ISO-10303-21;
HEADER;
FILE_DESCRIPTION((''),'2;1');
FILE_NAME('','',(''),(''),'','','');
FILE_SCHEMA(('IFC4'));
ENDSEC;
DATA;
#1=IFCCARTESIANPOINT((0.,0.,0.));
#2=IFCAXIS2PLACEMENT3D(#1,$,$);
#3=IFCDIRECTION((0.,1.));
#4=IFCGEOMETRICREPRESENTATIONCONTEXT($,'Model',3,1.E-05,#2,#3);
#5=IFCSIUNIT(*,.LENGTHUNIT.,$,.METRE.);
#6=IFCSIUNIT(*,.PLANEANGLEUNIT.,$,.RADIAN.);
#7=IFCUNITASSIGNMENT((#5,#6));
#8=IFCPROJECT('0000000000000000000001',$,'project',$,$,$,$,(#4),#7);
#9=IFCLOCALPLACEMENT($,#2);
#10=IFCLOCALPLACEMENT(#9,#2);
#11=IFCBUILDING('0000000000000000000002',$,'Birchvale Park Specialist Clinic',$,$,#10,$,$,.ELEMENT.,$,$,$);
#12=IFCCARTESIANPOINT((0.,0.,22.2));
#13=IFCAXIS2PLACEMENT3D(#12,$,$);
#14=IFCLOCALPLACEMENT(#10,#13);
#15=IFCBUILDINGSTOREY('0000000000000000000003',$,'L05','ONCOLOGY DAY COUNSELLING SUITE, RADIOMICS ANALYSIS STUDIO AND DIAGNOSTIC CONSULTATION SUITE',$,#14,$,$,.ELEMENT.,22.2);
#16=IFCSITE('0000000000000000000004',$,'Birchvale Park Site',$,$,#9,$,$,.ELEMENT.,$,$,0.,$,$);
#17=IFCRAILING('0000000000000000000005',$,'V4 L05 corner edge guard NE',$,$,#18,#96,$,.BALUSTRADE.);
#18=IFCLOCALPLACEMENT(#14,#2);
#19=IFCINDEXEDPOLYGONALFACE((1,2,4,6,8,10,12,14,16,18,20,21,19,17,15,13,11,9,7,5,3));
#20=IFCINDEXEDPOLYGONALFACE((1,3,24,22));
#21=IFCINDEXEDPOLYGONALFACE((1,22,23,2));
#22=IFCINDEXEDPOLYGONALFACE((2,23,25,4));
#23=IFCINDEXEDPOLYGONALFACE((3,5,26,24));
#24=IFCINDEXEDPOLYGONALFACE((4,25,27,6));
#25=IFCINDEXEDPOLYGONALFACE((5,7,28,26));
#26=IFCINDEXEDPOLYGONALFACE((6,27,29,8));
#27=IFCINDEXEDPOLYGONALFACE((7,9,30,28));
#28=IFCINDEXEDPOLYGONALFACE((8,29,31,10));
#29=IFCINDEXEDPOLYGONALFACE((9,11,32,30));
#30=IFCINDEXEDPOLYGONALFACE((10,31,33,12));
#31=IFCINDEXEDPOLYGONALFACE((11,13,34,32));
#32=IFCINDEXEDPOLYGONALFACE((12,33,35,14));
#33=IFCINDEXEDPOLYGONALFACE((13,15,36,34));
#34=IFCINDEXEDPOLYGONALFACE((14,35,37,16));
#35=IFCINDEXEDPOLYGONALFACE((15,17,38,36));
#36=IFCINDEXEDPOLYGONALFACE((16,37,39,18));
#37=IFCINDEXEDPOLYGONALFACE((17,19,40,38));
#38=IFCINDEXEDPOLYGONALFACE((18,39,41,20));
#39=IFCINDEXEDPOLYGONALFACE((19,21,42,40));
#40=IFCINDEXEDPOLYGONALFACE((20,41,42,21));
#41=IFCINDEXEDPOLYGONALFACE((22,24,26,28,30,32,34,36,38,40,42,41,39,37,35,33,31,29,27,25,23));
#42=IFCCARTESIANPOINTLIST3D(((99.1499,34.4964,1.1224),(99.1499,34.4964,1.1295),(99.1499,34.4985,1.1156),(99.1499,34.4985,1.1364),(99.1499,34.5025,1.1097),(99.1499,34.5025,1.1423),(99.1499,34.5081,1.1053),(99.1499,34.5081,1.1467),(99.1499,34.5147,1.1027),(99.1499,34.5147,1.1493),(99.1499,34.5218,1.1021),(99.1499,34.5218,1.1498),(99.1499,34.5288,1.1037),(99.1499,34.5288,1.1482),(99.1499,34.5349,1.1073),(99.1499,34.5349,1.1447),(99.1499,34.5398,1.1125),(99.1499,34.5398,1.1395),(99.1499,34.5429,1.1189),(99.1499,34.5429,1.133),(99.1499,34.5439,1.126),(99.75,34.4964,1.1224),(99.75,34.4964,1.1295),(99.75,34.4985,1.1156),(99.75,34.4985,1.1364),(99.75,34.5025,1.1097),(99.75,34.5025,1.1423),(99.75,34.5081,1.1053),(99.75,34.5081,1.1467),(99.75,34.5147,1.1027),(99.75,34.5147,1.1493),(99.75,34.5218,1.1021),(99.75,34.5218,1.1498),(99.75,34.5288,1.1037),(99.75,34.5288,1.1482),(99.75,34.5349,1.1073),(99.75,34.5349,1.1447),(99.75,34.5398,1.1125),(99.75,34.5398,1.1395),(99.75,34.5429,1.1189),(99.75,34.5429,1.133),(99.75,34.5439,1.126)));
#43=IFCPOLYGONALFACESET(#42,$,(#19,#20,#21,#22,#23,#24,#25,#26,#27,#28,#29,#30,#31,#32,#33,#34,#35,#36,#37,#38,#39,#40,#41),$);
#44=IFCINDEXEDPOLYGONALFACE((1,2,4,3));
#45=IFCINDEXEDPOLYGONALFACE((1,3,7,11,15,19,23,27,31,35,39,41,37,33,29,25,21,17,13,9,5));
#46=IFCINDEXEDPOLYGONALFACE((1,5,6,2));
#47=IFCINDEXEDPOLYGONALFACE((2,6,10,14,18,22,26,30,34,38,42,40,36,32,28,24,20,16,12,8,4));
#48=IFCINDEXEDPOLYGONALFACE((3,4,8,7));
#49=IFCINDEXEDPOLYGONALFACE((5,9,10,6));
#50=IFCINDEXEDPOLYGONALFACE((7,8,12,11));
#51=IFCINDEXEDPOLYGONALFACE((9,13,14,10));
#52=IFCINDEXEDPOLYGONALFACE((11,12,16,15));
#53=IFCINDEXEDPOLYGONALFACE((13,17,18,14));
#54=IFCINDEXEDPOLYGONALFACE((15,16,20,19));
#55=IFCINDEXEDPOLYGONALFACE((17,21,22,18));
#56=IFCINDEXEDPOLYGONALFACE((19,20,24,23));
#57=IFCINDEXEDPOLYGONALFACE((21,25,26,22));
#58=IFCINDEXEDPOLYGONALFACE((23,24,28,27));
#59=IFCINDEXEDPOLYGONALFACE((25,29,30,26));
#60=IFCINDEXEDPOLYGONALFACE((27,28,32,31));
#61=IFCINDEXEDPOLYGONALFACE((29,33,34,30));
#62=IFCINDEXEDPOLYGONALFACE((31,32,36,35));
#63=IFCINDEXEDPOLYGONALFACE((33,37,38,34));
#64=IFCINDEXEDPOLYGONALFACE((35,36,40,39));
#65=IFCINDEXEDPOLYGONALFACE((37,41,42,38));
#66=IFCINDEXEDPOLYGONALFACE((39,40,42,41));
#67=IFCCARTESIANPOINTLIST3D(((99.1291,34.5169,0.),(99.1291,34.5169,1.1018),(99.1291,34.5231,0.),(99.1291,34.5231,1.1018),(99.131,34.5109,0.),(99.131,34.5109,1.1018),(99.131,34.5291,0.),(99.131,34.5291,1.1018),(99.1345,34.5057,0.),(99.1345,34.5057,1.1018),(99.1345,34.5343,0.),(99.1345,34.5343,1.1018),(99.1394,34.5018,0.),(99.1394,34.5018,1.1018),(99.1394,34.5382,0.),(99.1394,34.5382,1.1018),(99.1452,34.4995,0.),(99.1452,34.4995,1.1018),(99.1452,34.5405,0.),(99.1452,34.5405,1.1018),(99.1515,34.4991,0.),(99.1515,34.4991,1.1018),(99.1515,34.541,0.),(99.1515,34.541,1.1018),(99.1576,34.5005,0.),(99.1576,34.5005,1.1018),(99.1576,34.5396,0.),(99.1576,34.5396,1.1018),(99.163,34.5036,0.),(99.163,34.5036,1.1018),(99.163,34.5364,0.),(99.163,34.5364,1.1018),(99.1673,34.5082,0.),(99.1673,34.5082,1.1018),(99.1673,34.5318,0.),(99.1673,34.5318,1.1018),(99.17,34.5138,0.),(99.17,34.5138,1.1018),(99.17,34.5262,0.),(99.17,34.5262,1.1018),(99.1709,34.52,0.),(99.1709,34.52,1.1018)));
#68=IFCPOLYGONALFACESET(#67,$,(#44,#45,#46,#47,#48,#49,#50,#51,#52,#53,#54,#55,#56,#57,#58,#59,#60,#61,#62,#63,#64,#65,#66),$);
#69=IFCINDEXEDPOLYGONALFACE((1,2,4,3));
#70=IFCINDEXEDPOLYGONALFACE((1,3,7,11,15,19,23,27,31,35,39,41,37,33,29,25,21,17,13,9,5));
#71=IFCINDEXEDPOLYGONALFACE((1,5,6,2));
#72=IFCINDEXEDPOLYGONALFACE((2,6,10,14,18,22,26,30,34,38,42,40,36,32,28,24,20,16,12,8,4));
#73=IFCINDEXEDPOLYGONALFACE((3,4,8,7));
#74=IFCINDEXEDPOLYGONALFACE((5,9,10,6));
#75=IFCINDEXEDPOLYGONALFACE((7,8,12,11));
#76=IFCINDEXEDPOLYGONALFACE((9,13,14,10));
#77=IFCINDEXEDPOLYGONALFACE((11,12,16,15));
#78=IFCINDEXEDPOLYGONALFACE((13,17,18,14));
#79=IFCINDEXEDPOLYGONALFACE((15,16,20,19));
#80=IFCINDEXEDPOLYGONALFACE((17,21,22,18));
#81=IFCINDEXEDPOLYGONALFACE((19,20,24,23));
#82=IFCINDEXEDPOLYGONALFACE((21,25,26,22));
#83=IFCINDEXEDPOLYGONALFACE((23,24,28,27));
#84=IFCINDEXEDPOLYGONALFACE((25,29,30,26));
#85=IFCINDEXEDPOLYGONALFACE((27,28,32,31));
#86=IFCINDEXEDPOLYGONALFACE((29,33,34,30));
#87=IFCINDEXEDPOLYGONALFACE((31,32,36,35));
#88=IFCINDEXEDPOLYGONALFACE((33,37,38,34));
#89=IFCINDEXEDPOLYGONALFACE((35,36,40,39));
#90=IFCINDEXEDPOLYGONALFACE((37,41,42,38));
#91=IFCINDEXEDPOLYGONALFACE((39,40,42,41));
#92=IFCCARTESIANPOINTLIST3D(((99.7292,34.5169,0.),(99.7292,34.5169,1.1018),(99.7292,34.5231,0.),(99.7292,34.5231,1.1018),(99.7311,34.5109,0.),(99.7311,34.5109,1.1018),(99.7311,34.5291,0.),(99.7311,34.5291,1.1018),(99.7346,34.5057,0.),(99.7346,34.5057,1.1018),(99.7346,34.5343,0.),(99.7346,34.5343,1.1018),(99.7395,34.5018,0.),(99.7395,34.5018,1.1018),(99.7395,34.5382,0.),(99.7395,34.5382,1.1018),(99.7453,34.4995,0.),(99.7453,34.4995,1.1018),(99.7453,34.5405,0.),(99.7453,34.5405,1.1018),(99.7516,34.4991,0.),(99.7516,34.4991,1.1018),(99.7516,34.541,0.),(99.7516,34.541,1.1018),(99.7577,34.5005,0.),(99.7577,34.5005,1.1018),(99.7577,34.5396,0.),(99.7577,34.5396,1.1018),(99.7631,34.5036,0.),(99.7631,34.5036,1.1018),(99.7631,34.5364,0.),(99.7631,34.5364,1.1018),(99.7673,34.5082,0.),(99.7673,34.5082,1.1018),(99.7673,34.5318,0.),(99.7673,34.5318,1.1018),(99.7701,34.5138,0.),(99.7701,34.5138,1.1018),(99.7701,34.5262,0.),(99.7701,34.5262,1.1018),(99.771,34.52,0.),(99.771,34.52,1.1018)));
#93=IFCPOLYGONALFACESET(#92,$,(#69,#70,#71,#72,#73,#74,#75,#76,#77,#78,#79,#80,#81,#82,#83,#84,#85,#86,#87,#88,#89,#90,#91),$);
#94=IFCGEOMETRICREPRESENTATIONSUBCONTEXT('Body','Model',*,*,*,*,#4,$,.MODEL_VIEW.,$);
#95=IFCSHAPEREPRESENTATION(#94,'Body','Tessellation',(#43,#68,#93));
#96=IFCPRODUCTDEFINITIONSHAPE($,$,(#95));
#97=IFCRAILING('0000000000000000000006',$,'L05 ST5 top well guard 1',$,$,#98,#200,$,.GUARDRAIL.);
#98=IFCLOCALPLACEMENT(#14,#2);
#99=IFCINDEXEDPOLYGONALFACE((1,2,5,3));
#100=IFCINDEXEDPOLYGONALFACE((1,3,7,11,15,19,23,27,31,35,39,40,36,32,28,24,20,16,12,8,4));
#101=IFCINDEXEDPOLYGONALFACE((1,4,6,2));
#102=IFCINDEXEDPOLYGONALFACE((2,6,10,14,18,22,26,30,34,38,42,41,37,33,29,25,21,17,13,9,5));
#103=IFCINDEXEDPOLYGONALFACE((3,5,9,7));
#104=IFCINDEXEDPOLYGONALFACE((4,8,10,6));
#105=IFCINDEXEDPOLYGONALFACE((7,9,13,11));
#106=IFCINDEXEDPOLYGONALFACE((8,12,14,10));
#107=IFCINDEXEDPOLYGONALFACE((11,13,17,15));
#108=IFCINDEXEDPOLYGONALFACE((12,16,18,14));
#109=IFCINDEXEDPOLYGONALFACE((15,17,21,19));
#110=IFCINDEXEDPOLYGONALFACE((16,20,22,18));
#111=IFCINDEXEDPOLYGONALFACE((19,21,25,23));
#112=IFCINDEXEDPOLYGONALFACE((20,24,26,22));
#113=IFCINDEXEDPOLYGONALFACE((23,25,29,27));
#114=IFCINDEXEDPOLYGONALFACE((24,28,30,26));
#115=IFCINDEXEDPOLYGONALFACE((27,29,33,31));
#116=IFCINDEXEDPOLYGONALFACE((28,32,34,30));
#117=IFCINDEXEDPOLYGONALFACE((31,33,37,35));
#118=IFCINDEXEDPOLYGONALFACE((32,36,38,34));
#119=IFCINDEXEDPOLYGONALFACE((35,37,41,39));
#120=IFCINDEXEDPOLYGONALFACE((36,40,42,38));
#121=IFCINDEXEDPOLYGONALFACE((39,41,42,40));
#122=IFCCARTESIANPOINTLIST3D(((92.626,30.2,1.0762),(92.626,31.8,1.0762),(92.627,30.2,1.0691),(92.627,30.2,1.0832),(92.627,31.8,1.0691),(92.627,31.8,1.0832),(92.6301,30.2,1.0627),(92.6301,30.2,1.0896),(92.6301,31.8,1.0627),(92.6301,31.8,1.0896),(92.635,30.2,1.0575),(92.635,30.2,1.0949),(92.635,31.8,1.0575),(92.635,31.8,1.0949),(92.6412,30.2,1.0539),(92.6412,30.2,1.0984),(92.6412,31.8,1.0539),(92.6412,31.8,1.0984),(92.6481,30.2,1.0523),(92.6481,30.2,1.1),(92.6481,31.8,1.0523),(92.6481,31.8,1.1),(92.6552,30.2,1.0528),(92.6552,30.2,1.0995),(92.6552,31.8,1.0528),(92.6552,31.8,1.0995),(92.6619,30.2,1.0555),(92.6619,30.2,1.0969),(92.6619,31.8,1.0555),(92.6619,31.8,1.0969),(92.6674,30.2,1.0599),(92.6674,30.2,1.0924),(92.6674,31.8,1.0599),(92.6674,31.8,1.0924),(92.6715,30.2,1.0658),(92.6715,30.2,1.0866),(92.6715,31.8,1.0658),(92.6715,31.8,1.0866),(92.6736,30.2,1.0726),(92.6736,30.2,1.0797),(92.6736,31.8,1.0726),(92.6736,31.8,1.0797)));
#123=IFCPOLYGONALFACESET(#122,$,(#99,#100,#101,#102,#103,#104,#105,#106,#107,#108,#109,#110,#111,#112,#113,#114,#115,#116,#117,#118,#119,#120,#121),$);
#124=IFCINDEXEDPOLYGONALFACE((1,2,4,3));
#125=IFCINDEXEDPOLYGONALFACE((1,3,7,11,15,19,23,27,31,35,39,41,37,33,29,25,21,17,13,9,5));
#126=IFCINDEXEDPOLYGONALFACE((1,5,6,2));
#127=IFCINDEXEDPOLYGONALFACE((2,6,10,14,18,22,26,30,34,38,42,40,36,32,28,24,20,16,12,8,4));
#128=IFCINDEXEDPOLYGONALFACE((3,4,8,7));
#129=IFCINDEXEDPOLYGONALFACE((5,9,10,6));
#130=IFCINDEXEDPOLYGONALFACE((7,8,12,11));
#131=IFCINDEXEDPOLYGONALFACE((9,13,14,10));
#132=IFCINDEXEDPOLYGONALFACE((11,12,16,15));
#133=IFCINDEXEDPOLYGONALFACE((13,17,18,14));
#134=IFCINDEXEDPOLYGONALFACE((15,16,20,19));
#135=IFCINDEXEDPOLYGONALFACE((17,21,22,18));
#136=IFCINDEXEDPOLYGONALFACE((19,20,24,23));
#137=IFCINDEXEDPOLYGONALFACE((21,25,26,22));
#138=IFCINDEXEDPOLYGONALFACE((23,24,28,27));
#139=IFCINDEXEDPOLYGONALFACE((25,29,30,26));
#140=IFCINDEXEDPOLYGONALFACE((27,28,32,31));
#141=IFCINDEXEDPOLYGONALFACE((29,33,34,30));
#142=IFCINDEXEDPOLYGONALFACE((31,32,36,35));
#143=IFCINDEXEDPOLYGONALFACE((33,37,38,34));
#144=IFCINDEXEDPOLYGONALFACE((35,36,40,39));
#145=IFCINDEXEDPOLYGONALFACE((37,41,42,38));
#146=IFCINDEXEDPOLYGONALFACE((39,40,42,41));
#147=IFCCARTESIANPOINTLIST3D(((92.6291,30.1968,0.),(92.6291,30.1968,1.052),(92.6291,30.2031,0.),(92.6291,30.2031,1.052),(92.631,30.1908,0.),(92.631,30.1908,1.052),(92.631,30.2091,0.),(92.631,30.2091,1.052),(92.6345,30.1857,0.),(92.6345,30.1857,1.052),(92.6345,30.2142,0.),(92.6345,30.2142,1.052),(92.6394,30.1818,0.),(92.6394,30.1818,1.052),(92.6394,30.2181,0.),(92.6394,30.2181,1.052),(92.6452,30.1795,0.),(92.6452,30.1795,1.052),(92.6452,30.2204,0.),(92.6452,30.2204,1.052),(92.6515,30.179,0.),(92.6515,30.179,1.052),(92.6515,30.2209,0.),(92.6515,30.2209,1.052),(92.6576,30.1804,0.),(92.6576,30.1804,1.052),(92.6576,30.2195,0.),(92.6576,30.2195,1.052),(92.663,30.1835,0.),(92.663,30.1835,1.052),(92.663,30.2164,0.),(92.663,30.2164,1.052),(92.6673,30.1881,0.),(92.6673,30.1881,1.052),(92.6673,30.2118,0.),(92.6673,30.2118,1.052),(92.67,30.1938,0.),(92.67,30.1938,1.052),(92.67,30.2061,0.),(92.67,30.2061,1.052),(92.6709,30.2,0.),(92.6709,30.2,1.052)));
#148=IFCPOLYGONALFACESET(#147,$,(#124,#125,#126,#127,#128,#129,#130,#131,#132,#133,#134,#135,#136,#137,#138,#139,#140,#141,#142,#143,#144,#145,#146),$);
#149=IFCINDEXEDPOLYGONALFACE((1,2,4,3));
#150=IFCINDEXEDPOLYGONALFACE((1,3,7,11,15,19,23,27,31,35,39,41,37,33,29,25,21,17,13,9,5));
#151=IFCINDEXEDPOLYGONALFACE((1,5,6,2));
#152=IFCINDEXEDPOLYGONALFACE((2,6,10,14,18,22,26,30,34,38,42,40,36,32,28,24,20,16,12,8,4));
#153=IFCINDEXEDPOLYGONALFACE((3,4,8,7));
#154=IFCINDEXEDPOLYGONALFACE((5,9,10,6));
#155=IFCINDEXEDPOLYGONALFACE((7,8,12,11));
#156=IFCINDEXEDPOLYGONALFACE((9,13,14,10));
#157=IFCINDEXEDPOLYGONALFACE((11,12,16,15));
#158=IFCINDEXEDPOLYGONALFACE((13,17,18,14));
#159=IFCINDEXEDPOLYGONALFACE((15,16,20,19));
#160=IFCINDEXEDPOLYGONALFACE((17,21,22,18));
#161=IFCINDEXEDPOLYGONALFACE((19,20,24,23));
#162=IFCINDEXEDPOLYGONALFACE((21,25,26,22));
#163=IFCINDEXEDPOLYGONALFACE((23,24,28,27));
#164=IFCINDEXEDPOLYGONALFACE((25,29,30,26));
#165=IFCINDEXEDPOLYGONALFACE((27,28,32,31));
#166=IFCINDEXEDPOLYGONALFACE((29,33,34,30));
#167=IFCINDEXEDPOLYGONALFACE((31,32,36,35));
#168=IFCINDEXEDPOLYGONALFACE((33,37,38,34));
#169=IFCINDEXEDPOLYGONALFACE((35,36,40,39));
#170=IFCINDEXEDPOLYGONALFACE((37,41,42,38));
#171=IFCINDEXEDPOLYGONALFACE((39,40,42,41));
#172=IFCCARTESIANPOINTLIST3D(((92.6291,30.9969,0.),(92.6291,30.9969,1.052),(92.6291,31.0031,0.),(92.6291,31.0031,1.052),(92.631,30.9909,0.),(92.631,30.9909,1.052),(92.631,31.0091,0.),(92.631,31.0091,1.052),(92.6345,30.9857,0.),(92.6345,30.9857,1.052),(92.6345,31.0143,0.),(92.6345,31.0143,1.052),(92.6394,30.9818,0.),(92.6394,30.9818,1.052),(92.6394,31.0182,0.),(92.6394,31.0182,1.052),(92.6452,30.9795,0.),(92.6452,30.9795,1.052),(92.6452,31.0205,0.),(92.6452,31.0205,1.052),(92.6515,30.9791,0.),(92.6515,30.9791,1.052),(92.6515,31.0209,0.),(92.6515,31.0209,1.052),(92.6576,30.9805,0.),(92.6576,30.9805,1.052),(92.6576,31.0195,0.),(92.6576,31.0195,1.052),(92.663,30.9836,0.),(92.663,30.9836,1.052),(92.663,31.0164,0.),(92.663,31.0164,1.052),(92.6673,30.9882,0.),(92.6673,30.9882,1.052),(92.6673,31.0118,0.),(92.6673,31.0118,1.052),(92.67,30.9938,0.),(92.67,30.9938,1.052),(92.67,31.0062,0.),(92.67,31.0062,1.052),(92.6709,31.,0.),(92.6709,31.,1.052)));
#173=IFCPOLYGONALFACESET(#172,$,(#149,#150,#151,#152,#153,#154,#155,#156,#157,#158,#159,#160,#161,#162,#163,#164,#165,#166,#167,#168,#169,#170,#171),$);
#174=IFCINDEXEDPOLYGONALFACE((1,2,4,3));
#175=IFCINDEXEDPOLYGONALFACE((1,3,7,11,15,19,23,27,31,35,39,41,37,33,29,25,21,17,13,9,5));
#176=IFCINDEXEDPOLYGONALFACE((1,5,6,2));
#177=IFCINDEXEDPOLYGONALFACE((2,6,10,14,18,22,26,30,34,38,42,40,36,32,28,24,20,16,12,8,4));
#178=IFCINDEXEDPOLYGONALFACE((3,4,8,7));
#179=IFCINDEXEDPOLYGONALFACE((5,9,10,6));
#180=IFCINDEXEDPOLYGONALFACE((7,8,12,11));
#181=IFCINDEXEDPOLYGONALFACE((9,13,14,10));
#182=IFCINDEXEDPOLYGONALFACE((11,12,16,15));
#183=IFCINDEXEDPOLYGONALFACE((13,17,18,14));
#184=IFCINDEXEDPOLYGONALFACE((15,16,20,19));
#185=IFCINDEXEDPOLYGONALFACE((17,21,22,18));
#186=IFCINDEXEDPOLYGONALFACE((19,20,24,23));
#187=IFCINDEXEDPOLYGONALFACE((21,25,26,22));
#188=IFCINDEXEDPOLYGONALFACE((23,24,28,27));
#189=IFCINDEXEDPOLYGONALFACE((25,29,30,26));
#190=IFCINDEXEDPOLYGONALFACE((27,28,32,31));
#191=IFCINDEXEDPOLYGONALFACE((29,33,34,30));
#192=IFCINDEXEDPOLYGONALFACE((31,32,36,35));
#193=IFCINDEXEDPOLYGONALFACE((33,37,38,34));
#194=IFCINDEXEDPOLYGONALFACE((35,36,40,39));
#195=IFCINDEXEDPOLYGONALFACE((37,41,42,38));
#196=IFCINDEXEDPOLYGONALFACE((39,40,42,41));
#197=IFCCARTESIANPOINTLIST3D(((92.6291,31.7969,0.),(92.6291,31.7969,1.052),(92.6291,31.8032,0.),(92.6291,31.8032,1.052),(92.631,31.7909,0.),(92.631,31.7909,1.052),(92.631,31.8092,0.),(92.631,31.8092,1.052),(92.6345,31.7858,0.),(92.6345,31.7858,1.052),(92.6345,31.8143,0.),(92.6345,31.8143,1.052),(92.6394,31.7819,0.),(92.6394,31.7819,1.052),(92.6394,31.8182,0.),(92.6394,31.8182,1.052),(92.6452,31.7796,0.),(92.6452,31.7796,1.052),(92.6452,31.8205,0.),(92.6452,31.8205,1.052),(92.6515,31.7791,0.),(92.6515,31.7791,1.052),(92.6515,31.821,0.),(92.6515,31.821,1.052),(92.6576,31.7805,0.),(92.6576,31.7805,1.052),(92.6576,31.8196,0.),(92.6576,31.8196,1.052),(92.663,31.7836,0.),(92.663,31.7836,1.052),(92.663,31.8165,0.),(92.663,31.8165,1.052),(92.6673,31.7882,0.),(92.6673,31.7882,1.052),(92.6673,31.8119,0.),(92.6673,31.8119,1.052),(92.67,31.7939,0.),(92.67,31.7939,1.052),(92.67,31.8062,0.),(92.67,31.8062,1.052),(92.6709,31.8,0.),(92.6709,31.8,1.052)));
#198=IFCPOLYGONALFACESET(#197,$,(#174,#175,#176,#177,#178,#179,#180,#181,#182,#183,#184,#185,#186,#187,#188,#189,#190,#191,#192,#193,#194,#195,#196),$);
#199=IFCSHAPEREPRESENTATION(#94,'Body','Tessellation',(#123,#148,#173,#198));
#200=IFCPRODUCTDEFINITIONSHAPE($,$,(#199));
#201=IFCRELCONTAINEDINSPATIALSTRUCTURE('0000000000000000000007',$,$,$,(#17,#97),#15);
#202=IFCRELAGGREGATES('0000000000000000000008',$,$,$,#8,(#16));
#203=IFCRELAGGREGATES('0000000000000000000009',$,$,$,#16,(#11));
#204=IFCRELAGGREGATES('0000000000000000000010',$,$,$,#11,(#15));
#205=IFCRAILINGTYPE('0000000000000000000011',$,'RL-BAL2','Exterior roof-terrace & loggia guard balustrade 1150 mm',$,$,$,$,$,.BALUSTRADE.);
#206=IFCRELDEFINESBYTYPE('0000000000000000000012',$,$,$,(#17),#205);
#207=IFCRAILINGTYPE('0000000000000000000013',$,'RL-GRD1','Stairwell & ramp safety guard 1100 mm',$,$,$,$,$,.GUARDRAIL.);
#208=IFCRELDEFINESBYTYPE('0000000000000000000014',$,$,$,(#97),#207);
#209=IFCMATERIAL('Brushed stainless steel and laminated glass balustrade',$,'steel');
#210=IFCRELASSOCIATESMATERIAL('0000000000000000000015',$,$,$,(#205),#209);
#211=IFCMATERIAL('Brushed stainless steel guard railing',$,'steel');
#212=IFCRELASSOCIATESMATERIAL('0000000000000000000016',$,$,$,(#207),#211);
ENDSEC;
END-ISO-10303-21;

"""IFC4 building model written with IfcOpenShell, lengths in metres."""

from ifc_helpers import new_model, si_unit, direction, frame, origin, origin_2d, place, context, subcontext, project, spatial, circle, extrude, material, type_object, element, save


model = new_model("IFC4")

# Units and contexts
model_context = context("Model", 3, precision=1e-05, world=origin(), true_north=direction((0.0, 1.0)))
body_context = subcontext(model_context, "Body", "Model", "MODEL_VIEW")
ifc_project = project(units=[si_unit("LENGTHUNIT", "METRE"), si_unit("PLANEANGLEUNIT", "RADIAN")], contexts=[model_context])

# Site, building, storey
site_placement = place(None, origin())
site = spatial("IfcSite", under=ifc_project, at=site_placement, Name="Birchvale Park Site", CompositionType="ELEMENT", RefElevation=0.0)
building_placement = place(site_placement, origin())
building = spatial("IfcBuilding", under=site, at=building_placement, Name="Birchvale Park Specialist Clinic", CompositionType="ELEMENT")
storey_placement = place(building_placement, frame((0.0, 0.0, 22.2)))
storey = spatial("IfcBuildingStorey", under=building, at=storey_placement, Name="L05", Description="ONCOLOGY DAY COUNSELLING SUITE, RADIOMICS ANALYSIS STUDIO AND DIAGNOSTIC CONSULTATION SUITE", CompositionType="ELEMENT", Elevation=22.2)

# Railings
ifc_material_1 = material(Name="Brushed stainless steel and laminated glass balustrade", Category="steel")
railing_type_1 = type_object("IfcRailingType", Name="RL-BAL2", Description="Exterior roof-terrace & loggia guard balustrade 1150 mm", PredefinedType="BALUSTRADE", material=ifc_material_1)
railing_1_placement = place(storey_placement, frame((99.1499, 34.52, 0.0)))
element("IfcRailing", 1, at=railing_1_placement, inside=storey, type_object=railing_type_1, Name="V4 L05 corner edge guard NE", PredefinedType="BALUSTRADE", context=body_context, shape_type="SweptSolid", body=[
    extrude(circle(Radius=0.0239, at=origin_2d()), frame((0.0, 0.0, 1.126), z_axis=(1.0, 0.0, 0.0), x_axis=(0.0, 1.0, 0.0)), (0.0, 0.0, 1.0), 0.6001),
    extrude(circle(Radius=0.021, at=origin_2d()), origin(), (0.0, 0.0, 1.0), 1.1018),
    extrude(circle(Radius=0.021, at=origin_2d()), frame((0.6001, 0.0, 0.0)), (0.0, 0.0, 1.0), 1.1018),
])
ifc_material_2 = material(Name="Brushed stainless steel guard railing", Category="steel")
railing_type_2 = type_object("IfcRailingType", Name="RL-GRD1", Description="Stairwell & ramp safety guard 1100 mm", PredefinedType="GUARDRAIL", material=ifc_material_2)
railing_2_placement = place(storey_placement, frame((92.6499, 30.2, 0.0)))
element("IfcRailing", 2, at=railing_2_placement, inside=storey, type_object=railing_type_2, Name="L05 ST5 top well guard 1", PredefinedType="GUARDRAIL", context=body_context, shape_type="SweptSolid", body=[
    extrude(circle(Radius=0.0239, at=origin_2d()), frame((0.0, 0.0, 1.0762), z_axis=(0.0, 1.0, 0.0), x_axis=(-1.0, 0.0, 0.0)), (0.0, 0.0, 1.0), 1.6001),
    extrude(circle(Radius=0.021, at=origin_2d()), origin(), (0.0, 0.0, 1.0), 1.052),
    extrude(circle(Radius=0.021, at=origin_2d()), frame((0.0, 0.8, 0.0)), (0.0, 0.0, 1.0), 1.052),
    extrude(circle(Radius=0.021, at=origin_2d()), frame((0.0, 1.6001, 0.0)), (0.0, 0.0, 1.0), 1.052),
])

save(model, "model.ifc")
